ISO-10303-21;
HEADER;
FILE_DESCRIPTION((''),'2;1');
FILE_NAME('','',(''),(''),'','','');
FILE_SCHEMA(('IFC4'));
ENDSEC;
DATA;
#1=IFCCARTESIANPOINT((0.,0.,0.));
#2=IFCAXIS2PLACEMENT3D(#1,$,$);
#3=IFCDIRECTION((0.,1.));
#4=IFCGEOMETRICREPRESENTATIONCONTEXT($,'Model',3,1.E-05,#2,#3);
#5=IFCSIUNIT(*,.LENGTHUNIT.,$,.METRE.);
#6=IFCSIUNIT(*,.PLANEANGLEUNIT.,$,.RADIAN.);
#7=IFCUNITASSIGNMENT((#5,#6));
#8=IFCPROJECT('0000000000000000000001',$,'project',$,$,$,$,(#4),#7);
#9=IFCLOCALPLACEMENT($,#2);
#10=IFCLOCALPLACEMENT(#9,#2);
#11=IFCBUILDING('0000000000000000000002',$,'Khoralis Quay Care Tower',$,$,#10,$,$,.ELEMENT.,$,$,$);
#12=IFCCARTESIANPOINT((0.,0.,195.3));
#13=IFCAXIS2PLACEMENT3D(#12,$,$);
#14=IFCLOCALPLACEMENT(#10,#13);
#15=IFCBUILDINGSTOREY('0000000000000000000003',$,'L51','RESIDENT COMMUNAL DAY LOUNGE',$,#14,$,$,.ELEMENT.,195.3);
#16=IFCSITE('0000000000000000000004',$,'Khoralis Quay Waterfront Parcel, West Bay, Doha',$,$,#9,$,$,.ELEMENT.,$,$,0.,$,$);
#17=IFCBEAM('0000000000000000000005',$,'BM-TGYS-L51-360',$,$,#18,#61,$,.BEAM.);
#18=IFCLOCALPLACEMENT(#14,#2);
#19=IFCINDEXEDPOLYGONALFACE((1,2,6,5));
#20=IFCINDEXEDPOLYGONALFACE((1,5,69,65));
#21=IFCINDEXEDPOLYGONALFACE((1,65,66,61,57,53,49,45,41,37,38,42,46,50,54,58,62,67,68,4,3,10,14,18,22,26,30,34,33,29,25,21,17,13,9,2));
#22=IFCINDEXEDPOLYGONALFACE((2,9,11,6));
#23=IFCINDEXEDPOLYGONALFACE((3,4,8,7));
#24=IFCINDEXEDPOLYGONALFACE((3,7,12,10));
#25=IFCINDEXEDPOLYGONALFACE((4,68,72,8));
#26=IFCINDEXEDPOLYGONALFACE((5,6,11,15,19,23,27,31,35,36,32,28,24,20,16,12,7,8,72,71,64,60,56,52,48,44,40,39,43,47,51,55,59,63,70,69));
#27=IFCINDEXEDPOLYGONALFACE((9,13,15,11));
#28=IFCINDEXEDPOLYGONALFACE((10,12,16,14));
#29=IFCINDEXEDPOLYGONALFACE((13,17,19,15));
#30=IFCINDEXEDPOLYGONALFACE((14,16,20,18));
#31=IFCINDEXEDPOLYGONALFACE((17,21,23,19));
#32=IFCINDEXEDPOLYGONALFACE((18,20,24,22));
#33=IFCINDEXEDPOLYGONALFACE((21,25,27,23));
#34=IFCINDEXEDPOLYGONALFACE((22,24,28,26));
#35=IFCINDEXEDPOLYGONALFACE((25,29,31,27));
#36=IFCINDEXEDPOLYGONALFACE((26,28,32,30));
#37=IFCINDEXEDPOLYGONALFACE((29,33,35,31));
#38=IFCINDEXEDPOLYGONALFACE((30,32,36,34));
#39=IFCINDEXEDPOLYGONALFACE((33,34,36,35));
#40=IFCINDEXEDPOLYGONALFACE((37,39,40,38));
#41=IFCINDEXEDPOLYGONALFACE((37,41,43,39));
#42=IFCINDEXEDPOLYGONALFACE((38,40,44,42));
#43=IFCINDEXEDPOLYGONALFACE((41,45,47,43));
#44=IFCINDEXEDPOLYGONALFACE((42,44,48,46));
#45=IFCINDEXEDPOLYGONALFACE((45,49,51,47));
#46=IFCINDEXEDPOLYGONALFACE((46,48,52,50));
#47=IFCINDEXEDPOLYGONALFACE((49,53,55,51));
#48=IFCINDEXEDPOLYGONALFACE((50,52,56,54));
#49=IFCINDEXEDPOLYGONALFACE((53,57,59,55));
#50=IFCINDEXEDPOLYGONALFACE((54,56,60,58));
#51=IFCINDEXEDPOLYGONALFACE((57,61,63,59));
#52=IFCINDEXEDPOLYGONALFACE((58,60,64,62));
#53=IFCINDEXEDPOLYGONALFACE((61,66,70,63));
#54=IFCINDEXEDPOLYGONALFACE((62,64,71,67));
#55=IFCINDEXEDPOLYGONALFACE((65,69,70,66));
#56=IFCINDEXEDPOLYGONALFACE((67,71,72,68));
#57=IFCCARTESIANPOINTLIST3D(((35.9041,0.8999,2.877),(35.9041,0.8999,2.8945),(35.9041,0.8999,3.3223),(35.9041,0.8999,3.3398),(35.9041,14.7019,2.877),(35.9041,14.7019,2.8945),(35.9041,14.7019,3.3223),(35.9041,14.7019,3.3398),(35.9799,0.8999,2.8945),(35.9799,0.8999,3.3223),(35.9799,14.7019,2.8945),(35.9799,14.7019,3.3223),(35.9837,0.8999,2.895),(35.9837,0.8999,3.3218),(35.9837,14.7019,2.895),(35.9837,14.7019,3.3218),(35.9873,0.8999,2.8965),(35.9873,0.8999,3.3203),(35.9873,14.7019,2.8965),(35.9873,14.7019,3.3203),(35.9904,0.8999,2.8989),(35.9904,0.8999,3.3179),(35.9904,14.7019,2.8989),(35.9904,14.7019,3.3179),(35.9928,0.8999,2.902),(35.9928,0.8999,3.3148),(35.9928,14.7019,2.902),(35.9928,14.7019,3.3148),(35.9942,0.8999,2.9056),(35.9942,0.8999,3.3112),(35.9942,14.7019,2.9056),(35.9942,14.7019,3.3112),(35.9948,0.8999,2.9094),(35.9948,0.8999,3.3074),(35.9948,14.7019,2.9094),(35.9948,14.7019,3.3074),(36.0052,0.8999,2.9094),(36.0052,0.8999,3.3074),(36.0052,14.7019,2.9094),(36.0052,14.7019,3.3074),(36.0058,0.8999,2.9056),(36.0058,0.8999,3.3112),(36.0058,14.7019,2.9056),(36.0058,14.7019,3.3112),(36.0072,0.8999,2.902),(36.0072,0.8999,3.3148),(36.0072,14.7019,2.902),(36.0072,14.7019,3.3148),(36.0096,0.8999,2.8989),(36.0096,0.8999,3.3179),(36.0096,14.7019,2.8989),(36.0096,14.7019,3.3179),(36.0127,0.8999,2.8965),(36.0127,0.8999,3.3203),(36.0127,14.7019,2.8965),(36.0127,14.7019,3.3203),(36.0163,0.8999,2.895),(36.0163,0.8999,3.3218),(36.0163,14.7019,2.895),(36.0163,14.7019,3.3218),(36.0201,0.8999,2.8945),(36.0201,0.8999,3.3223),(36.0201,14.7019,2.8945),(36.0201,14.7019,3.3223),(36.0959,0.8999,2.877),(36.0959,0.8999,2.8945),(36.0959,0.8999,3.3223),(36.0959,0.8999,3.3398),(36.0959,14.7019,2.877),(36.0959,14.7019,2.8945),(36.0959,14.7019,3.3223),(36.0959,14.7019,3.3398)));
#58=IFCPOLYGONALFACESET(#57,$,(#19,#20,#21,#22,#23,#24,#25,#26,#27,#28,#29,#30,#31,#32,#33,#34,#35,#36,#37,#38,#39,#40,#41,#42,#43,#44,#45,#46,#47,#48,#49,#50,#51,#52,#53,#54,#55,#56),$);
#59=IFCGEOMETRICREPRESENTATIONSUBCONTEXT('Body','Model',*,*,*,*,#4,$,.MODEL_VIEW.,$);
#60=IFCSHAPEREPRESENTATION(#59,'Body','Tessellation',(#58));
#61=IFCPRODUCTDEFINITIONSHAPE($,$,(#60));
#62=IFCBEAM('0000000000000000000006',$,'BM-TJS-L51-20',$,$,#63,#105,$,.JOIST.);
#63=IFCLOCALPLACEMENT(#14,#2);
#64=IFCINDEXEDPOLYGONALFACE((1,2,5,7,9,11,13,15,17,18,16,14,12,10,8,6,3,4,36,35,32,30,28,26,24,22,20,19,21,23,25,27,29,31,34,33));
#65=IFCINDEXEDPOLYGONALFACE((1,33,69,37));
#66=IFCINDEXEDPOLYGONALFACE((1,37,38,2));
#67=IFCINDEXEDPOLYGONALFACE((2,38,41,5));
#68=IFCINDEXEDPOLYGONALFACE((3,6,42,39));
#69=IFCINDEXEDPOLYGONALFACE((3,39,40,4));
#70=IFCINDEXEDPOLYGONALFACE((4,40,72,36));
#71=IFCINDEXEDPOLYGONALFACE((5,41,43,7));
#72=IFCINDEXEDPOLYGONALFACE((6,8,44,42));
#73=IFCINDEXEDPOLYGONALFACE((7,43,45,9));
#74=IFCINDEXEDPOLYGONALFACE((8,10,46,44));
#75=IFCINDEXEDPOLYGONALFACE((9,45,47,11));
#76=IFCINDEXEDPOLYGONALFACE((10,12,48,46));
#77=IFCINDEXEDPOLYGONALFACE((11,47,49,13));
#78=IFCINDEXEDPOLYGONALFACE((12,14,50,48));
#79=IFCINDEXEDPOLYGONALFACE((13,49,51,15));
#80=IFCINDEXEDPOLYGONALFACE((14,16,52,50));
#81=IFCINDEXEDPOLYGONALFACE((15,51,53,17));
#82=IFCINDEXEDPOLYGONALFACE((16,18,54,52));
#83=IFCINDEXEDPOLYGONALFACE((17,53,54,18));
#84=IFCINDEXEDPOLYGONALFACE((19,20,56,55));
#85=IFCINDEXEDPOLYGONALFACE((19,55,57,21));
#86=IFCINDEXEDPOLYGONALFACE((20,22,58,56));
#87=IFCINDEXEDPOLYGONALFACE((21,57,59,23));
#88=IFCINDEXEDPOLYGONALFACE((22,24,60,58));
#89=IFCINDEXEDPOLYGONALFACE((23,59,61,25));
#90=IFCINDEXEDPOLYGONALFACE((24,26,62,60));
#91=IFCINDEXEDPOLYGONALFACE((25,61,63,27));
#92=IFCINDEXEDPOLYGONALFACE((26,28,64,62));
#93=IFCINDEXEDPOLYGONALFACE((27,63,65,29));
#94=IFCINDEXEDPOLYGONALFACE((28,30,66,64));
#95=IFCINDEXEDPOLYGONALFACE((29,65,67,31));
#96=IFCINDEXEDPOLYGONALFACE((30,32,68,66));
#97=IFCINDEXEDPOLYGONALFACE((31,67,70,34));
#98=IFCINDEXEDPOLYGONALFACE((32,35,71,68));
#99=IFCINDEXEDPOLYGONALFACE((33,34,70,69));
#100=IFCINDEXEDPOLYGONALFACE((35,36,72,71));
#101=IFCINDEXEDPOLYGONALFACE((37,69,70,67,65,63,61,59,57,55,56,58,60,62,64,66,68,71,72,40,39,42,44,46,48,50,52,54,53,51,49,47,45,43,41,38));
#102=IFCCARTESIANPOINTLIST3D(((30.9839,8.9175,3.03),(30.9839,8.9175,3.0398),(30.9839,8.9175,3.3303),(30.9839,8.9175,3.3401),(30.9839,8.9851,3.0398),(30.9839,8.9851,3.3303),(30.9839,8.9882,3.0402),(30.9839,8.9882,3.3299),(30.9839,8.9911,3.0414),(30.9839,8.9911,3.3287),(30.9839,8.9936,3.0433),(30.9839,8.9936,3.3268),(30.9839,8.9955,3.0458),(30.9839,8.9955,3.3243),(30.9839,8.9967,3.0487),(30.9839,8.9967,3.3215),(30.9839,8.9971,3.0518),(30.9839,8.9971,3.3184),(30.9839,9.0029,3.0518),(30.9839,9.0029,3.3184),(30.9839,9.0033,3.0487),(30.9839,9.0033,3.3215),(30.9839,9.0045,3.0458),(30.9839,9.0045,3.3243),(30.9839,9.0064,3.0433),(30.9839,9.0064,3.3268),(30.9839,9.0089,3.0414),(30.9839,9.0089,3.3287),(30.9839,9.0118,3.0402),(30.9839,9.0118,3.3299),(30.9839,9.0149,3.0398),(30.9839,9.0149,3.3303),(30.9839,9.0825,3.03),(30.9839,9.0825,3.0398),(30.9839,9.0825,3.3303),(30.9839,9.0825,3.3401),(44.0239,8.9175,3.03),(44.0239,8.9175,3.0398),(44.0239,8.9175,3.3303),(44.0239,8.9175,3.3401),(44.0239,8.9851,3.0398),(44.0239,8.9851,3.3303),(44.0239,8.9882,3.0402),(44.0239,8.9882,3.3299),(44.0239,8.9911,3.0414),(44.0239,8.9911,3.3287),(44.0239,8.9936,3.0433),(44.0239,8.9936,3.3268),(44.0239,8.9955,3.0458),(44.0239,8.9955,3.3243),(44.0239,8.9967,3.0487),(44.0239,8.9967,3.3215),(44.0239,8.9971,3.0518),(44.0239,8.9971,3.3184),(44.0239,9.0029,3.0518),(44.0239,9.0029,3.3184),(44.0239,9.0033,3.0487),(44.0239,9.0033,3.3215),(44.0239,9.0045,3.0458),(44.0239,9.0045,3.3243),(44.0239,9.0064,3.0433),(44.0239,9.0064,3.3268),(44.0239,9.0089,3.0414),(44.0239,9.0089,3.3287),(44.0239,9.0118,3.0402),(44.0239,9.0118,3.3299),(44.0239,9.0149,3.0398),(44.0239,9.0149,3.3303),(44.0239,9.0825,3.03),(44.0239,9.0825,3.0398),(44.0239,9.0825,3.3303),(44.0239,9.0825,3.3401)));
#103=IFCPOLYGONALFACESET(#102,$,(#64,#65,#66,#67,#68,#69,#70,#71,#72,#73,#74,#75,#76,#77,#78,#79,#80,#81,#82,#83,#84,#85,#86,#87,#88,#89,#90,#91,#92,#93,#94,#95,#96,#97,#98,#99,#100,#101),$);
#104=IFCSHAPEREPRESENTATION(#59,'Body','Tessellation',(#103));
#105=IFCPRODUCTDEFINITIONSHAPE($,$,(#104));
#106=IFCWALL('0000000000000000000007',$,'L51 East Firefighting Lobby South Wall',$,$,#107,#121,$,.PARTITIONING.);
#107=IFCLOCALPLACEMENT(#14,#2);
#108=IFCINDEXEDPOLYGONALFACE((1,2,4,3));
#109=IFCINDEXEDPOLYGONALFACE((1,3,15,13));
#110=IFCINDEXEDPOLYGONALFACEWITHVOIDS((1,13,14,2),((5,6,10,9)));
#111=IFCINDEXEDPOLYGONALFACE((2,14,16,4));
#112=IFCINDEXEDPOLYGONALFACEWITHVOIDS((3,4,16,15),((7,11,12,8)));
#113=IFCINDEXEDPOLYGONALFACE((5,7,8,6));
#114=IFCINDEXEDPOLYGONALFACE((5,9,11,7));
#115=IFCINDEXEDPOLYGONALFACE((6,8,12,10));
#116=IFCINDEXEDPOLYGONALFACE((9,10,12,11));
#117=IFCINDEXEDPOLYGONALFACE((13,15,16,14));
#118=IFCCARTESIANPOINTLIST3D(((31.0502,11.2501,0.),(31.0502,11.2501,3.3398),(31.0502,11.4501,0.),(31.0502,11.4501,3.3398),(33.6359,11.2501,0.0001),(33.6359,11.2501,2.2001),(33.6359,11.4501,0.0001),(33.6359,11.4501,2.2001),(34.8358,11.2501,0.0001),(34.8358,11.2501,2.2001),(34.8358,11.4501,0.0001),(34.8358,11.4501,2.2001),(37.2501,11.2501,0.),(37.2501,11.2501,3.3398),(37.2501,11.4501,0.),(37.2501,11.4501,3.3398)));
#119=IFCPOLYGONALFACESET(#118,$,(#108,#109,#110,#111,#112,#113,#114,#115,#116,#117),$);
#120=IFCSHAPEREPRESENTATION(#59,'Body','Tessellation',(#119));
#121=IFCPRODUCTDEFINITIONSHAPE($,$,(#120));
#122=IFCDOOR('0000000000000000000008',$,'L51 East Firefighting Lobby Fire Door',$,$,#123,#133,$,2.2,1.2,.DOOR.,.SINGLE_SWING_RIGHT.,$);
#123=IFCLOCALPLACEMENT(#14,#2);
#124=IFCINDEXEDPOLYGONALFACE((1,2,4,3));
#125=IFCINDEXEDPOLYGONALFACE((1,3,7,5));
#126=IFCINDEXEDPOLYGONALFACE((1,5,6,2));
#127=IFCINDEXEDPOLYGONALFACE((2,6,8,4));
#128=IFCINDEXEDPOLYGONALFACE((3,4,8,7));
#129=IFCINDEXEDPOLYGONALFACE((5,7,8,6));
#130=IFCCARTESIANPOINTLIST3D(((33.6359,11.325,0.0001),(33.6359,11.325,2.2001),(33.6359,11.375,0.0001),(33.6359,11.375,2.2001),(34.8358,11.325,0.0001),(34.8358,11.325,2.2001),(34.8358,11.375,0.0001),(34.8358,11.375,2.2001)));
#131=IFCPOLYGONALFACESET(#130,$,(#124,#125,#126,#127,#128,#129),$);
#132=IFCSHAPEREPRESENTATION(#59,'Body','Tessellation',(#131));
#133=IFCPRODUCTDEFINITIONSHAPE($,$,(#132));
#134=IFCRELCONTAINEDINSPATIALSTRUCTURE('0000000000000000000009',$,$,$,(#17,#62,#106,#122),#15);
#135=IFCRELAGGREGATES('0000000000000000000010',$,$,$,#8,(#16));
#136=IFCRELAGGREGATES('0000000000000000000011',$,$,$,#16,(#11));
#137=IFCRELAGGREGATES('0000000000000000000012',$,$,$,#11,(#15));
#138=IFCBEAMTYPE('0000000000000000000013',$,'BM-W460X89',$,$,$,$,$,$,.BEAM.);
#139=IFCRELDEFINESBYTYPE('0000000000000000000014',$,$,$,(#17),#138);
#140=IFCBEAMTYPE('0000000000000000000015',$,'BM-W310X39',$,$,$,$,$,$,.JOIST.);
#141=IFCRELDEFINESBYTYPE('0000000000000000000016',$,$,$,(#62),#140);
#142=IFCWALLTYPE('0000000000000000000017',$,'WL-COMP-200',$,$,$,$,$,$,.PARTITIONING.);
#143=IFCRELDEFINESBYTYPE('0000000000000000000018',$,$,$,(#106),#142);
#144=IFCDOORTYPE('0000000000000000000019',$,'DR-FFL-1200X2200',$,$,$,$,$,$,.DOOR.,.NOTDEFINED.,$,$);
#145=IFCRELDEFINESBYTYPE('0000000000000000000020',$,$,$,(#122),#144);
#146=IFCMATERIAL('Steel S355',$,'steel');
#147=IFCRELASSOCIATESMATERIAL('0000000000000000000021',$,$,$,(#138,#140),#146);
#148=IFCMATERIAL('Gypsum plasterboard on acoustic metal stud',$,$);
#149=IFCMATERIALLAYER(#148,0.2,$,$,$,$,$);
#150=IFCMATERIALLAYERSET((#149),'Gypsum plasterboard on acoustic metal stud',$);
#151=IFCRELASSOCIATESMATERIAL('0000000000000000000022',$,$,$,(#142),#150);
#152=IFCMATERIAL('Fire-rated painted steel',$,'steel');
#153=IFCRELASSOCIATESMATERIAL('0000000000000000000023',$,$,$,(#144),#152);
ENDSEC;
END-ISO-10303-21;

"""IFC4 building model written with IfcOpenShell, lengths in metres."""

from ifc_helpers import new_model, si_unit, direction, frame, frame_2d, origin, origin_2d, place, context, subcontext, project, spatial, rectangle, i_section, extrude, source, transform, mapped, material, layer, layer_set, material_profile, profile_set, type_object, element, fill, save


model = new_model("IFC4")

# Units and contexts
model_context = context("Model", 3, precision=1e-05, world=origin(), true_north=direction((0.0, 1.0)))
body_context = subcontext(model_context, "Body", "Model", "MODEL_VIEW")
ifc_project = project(units=[si_unit("LENGTHUNIT", "METRE"), si_unit("PLANEANGLEUNIT", "RADIAN")], contexts=[model_context])

# Site, building, storey
site_placement = place(None, origin())
site = spatial("IfcSite", under=ifc_project, at=site_placement, Name="Khoralis Quay Waterfront Parcel, West Bay, Doha", CompositionType="ELEMENT", RefElevation=0.0)
building_placement = place(site_placement, origin())
building = spatial("IfcBuilding", under=site, at=building_placement, Name="Khoralis Quay Care Tower", CompositionType="ELEMENT")
storey_placement = place(building_placement, frame((0.0, 0.0, 195.3)))
storey = spatial("IfcBuildingStorey", under=building, at=storey_placement, Name="L51", Description="RESIDENT COMMUNAL DAY LOUNGE", CompositionType="ELEMENT", Elevation=195.3)

# Beams
ifc_material_1 = material(Name="Steel S355", Category="steel")
ifc_material_profile_1 = material_profile(ifc_material_1, i_section(OverallWidth=0.1919, OverallDepth=0.4629, WebThickness=0.0105, FlangeThickness=0.0176, FilletRadius=0.0149, at=origin_2d()), Name="Steel S355")
ifc_profile_set_1 = profile_set([ifc_material_profile_1], Name="Steel S355")
beam_type_1 = type_object("IfcBeamType", Name="BM-W460X89", PredefinedType="BEAM", material=ifc_profile_set_1)
shared_shape_1 = source(origin(), body_context, "Body", "SweptSolid", [
    extrude(i_section(OverallWidth=0.1919, OverallDepth=0.4629, WebThickness=0.0105, FlangeThickness=0.0176, FilletRadius=0.0149, at=origin_2d()), origin(), (0.0, 0.0, 1.0), 13.802),
])
beam_1_placement = place(storey_placement, frame((36.0, 0.8999, 3.1084), z_axis=(0.0, 1.0, 0.0), x_axis=(-1.0, 0.0, 0.0)))
element("IfcBeam", 1, at=beam_1_placement, inside=storey, type_object=beam_type_1, Name="BM-TGYS-L51-360", PredefinedType="BEAM", context=body_context, shape_type="MappedRepresentation", body=[
    mapped(shared_shape_1, transform((0.0, 0.0, 0.0), scale=1.0)),
])
ifc_material_profile_2 = material_profile(ifc_material_1, i_section(OverallWidth=0.165, OverallDepth=0.3101, WebThickness=0.0059, FlangeThickness=0.0098, FilletRadius=0.012, at=origin_2d()), Name="Steel S355")
ifc_profile_set_2 = profile_set([ifc_material_profile_2], Name="Steel S355")
beam_type_2 = type_object("IfcBeamType", Name="BM-W310X39", PredefinedType="JOIST", material=ifc_profile_set_2)
shared_shape_2 = source(origin(), body_context, "Body", "SweptSolid", [
    extrude(i_section(OverallWidth=0.165, OverallDepth=0.3101, WebThickness=0.0059, FlangeThickness=0.0098, FilletRadius=0.012, at=origin_2d()), origin(), (0.0, 0.0, 1.0), 13.04),
])
beam_2_placement = place(storey_placement, frame((30.9839, 9.0, 3.1851), z_axis=(1.0, 0.0, 0.0), x_axis=(0.0, 1.0, 0.0)))
element("IfcBeam", 2, at=beam_2_placement, inside=storey, type_object=beam_type_2, Name="BM-TJS-L51-20", PredefinedType="JOIST", context=body_context, shape_type="MappedRepresentation", body=[
    mapped(shared_shape_2, transform((0.0, 0.0, 0.0), scale=1.0)),
])

# Wall, opening, door
ifc_material_2 = material(Name="Gypsum plasterboard on acoustic metal stud")
ifc_layer_1 = layer(ifc_material_2, 0.2)
ifc_layer_set_1 = layer_set([ifc_layer_1], Name="Gypsum plasterboard on acoustic metal stud")
wall_type_1 = type_object("IfcWallType", Name="WL-COMP-200", PredefinedType="PARTITIONING", material=ifc_layer_set_1)
wall_1_placement = place(storey_placement, frame((31.05, 11.3501, 0.0), z_axis=(0.0, 0.0, 1.0), x_axis=(1.0, 0.0, 0.0)))
wall_1 = element("IfcWall", 3, at=wall_1_placement, inside=storey, type_object=wall_type_1, Name="L51 East Firefighting Lobby South Wall", PredefinedType="PARTITIONING", context=body_context, shape_type="SweptSolid", body=[
    extrude(rectangle(XDim=6.2, YDim=0.2, at=frame_2d((3.1001, 0.0))), origin(), (0.0, 0.0, 1.0), 3.3398),
])
opening_1_placement = place(wall_1_placement, frame((2.5857, 0.0, 0.0)))
opening_1 = element("IfcOpeningElement", 4, at=opening_1_placement, cuts=wall_1, PredefinedType="OPENING", context=body_context, shape_type="SweptSolid", body=[
    extrude(rectangle(XDim=1.2, YDim=2.2, at=frame_2d((0.6001, 1.1001))), frame((0.0, 0.1099, 0.0), z_axis=(0.0, -1.0, 0.0), x_axis=(1.0, 0.0, 0.0)), (0.0, 0.0, 1.0), 0.22),
])
ifc_material_3 = material(Name="Fire-rated painted steel", Category="steel")
door_type_1 = type_object("IfcDoorType", Name="DR-FFL-1200X2200", OperationType="NOTDEFINED", PredefinedType="DOOR", material=ifc_material_3)
shared_shape_3 = source(origin(), body_context, "Body", "SweptSolid", [
    extrude(rectangle(XDim=1.2, YDim=2.2, at=frame_2d((0.6001, 1.1001))), frame((0.0, 0.0249, 0.0), z_axis=(0.0, -1.0, 0.0), x_axis=(1.0, 0.0, 0.0)), (0.0, 0.0, 1.0), 0.05),
])
door_1_placement = place(opening_1_placement, origin())
door_1 = element("IfcDoor", 5, at=door_1_placement, inside=storey, type_object=door_type_1, Name="L51 East Firefighting Lobby Fire Door", OperationType="SINGLE_SWING_RIGHT", OverallHeight=2.2, OverallWidth=1.2, PredefinedType="DOOR", context=body_context, shape_type="MappedRepresentation", body=[
    mapped(shared_shape_3, transform((0.0, 0.0, 0.0), scale=1.0)),
])
fill(opening_1, door_1)

save(model, "model.ifc")
